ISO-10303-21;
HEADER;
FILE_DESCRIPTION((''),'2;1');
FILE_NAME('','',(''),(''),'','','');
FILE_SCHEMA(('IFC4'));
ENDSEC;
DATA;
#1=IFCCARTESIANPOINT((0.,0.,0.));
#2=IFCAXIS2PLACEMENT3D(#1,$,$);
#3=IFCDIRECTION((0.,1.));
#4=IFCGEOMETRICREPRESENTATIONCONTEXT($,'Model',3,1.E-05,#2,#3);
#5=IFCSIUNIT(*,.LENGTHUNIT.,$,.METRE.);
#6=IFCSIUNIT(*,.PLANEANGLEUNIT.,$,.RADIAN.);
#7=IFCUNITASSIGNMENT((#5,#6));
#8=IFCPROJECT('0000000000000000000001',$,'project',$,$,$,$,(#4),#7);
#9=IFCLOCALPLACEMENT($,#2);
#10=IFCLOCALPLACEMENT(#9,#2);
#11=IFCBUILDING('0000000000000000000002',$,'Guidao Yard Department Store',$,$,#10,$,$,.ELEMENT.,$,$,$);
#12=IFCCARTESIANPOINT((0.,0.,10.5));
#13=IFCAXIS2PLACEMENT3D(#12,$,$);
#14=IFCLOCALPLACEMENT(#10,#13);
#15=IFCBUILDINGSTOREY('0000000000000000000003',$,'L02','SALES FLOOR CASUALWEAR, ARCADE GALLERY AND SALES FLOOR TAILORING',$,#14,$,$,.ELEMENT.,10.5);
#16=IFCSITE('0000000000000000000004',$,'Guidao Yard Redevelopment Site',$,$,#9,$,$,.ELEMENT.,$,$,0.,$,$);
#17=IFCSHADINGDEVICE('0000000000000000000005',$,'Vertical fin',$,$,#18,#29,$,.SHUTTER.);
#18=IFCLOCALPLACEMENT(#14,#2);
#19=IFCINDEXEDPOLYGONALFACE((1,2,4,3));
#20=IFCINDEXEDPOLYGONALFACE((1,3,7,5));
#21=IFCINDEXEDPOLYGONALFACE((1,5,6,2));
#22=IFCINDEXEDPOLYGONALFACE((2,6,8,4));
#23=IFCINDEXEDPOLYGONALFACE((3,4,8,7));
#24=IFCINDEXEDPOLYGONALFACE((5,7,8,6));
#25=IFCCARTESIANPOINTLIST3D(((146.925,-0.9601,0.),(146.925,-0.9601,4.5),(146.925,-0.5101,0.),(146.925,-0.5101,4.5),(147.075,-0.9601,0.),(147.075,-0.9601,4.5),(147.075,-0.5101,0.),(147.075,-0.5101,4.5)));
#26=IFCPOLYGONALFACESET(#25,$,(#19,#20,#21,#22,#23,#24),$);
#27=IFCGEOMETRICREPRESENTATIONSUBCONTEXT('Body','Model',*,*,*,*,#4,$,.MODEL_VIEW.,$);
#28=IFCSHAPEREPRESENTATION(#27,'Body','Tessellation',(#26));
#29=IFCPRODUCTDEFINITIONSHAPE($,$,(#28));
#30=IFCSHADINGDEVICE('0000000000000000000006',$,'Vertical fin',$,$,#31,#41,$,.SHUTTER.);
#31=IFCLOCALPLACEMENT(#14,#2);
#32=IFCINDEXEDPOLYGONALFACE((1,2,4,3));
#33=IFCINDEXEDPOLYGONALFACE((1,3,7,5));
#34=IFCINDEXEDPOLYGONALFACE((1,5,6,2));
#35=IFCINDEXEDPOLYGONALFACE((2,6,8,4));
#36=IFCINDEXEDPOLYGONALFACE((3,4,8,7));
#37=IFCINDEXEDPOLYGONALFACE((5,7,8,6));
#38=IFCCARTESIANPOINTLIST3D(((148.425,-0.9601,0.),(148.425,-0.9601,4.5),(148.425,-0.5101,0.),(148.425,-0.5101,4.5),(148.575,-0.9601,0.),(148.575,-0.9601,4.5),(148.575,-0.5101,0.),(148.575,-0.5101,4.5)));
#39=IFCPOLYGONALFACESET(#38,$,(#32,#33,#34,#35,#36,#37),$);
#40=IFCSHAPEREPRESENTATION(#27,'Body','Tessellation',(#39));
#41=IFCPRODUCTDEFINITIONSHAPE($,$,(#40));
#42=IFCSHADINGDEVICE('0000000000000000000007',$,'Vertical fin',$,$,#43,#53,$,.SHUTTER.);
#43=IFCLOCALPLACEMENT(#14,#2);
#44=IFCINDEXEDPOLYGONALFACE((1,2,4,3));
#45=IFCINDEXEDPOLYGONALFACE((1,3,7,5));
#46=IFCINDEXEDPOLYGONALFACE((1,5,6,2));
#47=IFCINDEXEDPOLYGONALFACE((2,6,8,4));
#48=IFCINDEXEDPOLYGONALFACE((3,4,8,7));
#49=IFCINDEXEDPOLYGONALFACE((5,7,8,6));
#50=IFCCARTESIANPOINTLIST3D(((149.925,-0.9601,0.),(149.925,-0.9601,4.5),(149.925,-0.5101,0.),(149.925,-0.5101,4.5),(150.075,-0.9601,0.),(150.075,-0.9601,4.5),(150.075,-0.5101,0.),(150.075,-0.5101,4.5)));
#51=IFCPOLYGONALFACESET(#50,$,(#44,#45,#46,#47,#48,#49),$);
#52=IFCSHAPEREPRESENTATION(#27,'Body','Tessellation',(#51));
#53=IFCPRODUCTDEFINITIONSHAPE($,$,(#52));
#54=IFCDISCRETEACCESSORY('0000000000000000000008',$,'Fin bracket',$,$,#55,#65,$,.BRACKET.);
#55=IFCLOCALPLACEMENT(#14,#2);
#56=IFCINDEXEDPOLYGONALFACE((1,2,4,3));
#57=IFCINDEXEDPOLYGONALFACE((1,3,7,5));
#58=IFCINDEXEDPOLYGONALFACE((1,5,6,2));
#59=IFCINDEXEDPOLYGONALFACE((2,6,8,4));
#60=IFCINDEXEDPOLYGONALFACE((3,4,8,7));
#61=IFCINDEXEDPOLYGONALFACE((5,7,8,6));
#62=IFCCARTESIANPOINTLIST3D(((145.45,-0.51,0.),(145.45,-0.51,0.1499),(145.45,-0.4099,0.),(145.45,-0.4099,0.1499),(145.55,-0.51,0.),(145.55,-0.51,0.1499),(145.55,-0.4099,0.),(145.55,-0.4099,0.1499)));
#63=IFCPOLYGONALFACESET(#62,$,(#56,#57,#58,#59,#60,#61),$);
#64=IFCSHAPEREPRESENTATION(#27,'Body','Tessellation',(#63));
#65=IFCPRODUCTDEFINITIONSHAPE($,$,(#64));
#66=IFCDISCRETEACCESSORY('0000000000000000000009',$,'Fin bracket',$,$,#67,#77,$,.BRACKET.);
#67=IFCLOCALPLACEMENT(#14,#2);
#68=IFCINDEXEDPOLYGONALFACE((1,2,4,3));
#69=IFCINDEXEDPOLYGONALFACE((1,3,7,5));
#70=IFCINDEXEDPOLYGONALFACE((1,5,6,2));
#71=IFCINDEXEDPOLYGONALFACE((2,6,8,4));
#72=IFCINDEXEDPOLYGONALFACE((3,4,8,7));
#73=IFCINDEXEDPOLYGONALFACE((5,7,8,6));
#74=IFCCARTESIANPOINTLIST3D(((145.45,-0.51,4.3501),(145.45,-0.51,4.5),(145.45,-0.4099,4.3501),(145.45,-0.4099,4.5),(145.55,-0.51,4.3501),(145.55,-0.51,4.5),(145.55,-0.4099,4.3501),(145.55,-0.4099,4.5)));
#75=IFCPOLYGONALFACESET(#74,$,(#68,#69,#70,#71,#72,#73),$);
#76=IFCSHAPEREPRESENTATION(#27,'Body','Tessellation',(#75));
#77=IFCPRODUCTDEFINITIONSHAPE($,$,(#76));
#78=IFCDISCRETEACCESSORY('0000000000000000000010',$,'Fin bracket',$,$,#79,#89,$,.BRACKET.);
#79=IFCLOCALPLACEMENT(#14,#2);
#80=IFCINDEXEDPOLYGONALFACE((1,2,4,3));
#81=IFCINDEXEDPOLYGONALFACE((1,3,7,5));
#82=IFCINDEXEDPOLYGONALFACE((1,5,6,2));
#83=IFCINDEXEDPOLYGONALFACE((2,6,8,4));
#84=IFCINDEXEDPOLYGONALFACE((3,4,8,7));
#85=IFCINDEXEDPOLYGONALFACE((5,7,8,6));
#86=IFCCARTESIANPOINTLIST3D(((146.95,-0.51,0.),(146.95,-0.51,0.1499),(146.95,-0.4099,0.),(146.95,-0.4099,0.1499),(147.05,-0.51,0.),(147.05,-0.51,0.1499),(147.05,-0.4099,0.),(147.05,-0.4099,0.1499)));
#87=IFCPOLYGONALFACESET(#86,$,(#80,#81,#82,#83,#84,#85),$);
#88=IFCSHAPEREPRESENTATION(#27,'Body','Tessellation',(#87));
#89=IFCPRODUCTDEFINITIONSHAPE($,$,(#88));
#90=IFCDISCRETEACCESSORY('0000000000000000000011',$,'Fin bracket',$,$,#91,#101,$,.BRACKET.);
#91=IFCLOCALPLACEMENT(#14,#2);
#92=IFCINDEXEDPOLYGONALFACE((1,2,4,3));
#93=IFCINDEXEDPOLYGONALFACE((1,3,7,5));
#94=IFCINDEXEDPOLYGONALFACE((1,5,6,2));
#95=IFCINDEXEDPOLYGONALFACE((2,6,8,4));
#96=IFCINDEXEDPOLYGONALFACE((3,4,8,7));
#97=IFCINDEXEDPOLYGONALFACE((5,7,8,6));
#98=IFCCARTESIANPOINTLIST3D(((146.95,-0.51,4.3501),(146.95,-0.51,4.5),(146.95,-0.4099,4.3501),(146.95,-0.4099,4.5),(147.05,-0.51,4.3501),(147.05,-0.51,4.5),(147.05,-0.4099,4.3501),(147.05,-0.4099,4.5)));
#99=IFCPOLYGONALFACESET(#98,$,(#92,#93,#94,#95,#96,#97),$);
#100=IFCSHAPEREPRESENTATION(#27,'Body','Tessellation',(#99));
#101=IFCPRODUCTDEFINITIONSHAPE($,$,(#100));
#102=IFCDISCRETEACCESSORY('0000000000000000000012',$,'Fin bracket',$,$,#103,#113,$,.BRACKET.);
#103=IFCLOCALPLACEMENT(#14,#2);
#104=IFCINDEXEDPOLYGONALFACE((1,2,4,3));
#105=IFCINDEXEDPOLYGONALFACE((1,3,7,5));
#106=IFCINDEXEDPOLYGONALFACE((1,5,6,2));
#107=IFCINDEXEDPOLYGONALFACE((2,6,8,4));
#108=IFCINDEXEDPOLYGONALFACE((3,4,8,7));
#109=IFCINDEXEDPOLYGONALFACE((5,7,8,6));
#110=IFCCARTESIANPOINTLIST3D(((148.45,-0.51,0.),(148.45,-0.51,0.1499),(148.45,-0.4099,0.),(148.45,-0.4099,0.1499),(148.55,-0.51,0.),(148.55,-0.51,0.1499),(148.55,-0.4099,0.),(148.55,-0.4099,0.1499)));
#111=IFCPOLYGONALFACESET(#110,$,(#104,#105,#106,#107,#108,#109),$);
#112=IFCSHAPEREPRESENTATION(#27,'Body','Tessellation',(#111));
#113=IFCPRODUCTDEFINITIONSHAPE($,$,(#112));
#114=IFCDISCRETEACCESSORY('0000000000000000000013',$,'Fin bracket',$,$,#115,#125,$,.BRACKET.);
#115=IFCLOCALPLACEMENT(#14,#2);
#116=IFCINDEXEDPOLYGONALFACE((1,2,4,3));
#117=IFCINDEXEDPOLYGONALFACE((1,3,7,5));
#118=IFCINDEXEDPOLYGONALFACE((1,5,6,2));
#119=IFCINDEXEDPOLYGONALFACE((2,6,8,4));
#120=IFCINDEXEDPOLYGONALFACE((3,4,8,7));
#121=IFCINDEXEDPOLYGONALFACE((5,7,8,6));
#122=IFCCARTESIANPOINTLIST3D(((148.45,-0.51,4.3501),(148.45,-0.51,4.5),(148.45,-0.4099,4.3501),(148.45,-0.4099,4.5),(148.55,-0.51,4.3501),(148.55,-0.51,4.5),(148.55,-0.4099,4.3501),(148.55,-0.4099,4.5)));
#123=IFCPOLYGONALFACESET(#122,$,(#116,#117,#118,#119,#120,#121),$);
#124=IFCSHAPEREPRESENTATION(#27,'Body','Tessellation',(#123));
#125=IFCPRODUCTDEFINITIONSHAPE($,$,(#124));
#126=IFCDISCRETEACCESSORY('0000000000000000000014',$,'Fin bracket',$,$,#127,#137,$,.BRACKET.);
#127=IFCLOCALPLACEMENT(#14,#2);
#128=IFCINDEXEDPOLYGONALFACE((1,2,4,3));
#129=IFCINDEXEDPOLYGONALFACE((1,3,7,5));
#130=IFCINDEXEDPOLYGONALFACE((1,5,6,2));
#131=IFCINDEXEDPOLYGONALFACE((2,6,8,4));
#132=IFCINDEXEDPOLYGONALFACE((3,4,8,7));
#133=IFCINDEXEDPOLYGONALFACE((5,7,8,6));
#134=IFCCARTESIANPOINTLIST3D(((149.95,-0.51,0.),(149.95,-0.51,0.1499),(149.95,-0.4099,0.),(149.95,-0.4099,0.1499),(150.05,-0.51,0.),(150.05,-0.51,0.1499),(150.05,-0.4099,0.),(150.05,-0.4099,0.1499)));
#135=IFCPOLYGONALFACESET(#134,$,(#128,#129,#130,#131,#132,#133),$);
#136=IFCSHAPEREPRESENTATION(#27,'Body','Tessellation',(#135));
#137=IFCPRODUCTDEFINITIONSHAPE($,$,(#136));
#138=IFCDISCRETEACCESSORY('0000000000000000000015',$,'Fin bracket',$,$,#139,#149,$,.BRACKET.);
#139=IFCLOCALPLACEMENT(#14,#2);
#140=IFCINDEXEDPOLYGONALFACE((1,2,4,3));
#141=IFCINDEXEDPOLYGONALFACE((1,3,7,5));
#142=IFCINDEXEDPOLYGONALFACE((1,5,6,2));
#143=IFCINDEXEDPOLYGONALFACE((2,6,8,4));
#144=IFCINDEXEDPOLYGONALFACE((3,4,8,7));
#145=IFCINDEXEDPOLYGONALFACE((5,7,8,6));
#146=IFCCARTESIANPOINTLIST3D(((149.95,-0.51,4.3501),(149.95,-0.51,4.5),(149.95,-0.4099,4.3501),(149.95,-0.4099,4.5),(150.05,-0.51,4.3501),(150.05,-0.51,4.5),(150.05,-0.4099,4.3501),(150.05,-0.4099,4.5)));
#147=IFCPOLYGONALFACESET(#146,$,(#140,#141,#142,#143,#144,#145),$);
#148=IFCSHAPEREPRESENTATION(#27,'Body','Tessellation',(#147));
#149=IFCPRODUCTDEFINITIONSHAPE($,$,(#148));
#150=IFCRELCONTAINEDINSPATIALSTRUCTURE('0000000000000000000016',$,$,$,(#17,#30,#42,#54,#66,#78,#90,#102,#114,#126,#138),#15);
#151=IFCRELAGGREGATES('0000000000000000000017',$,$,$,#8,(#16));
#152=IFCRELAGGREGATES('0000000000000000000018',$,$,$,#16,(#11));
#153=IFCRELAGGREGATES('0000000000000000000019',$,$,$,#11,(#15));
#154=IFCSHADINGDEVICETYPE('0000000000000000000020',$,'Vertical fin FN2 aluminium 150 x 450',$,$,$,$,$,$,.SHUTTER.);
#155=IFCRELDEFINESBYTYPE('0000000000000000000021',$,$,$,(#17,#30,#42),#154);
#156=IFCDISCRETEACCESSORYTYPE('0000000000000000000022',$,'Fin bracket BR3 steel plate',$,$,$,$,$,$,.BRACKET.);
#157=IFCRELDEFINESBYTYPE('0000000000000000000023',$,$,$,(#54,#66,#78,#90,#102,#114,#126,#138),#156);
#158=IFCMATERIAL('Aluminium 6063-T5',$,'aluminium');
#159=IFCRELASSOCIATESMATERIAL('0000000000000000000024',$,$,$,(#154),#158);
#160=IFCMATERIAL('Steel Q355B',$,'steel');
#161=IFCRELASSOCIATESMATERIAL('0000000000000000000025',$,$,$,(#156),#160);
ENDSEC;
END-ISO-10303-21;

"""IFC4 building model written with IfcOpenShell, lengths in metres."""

from ifc_helpers import new_model, si_unit, direction, frame, origin, origin_2d, place, context, subcontext, project, spatial, rectangle, extrude, material, type_object, element, save


model = new_model("IFC4")

# Units and contexts
model_context = context("Model", 3, precision=1e-05, world=origin(), true_north=direction((0.0, 1.0)))
body_context = subcontext(model_context, "Body", "Model", "MODEL_VIEW")
ifc_project = project(units=[si_unit("LENGTHUNIT", "METRE"), si_unit("PLANEANGLEUNIT", "RADIAN")], contexts=[model_context])

# Site, building, storey
site_placement = place(None, origin())
site = spatial("IfcSite", under=ifc_project, at=site_placement, Name="Guidao Yard Redevelopment Site", CompositionType="ELEMENT", RefElevation=0.0)
building_placement = place(site_placement, origin())
building = spatial("IfcBuilding", under=site, at=building_placement, Name="Guidao Yard Department Store", CompositionType="ELEMENT")
storey_placement = place(building_placement, frame((0.0, 0.0, 10.5)))
storey = spatial("IfcBuildingStorey", under=building, at=storey_placement, Name="L02", Description="SALES FLOOR CASUALWEAR, ARCADE GALLERY AND SALES FLOOR TAILORING", CompositionType="ELEMENT", Elevation=10.5)

# Shading devices
ifc_material_1 = material(Name="Aluminium 6063-T5", Category="aluminium")
shading_device_type = type_object("IfcShadingDeviceType", Name="Vertical fin FN2 aluminium 150 x 450", PredefinedType="SHUTTER", material=ifc_material_1)
for number, where, z_axis, x_axis, name in (
    (1, (147.0, -0.7351, 0.0), (0.0, 0.0, 1.0), (-1.0, 0.0, 0.0), "Vertical fin"),
    (2, (148.5, -0.7351, 0.0), (0.0, 0.0, 1.0), (-1.0, 0.0, 0.0), "Vertical fin"),
    (3, (150.0, -0.7351, 0.0), (0.0, 0.0, 1.0), (-1.0, 0.0, 0.0), "Vertical fin"),
):
    element("IfcShadingDevice", number, at=place(storey_placement, frame(where, z_axis=z_axis, x_axis=x_axis)), inside=storey, type_object=shading_device_type, Name=name, PredefinedType="SHUTTER", context=body_context, shape_type="SweptSolid", body=[
        extrude(rectangle(XDim=0.1499, YDim=0.45, at=origin_2d()), origin(), (0.0, 0.0, 1.0), 4.5),
    ])

# Discrete accessories
ifc_material_2 = material(Name="Steel Q355B", Category="steel")
discrete_accessory_type = type_object("IfcDiscreteAccessoryType", Name="Fin bracket BR3 steel plate", PredefinedType="BRACKET", material=ifc_material_2)
for number, where, z_axis, x_axis, name in (
    (4, (145.5, -0.46, 0.0), (0.0, 0.0, 1.0), (-1.0, 0.0, 0.0), "Fin bracket"),
    (5, (145.5, -0.46, 4.3501), (0.0, 0.0, 1.0), (-1.0, 0.0, 0.0), "Fin bracket"),
    (6, (147.0, -0.46, 0.0), (0.0, 0.0, 1.0), (-1.0, 0.0, 0.0), "Fin bracket"),
    (7, (147.0, -0.46, 4.3501), (0.0, 0.0, 1.0), (-1.0, 0.0, 0.0), "Fin bracket"),
    (8, (148.5, -0.46, 0.0), (0.0, 0.0, 1.0), (-1.0, 0.0, 0.0), "Fin bracket"),
    (9, (148.5, -0.46, 4.3501), (0.0, 0.0, 1.0), (-1.0, 0.0, 0.0), "Fin bracket"),
    (10, (150.0, -0.46, 0.0), (0.0, 0.0, 1.0), (-1.0, 0.0, 0.0), "Fin bracket"),
    (11, (150.0, -0.46, 4.3501), (0.0, 0.0, 1.0), (-1.0, 0.0, 0.0), "Fin bracket"),
):
    element("IfcDiscreteAccessory", number, at=place(storey_placement, frame(where, z_axis=z_axis, x_axis=x_axis)), inside=storey, type_object=discrete_accessory_type, Name=name, PredefinedType="BRACKET", context=body_context, shape_type="SweptSolid", body=[
        extrude(rectangle(XDim=0.1001, YDim=0.1001, at=origin_2d()), origin(), (0.0, 0.0, 1.0), 0.1499),
    ])

save(model, "model.ifc")
